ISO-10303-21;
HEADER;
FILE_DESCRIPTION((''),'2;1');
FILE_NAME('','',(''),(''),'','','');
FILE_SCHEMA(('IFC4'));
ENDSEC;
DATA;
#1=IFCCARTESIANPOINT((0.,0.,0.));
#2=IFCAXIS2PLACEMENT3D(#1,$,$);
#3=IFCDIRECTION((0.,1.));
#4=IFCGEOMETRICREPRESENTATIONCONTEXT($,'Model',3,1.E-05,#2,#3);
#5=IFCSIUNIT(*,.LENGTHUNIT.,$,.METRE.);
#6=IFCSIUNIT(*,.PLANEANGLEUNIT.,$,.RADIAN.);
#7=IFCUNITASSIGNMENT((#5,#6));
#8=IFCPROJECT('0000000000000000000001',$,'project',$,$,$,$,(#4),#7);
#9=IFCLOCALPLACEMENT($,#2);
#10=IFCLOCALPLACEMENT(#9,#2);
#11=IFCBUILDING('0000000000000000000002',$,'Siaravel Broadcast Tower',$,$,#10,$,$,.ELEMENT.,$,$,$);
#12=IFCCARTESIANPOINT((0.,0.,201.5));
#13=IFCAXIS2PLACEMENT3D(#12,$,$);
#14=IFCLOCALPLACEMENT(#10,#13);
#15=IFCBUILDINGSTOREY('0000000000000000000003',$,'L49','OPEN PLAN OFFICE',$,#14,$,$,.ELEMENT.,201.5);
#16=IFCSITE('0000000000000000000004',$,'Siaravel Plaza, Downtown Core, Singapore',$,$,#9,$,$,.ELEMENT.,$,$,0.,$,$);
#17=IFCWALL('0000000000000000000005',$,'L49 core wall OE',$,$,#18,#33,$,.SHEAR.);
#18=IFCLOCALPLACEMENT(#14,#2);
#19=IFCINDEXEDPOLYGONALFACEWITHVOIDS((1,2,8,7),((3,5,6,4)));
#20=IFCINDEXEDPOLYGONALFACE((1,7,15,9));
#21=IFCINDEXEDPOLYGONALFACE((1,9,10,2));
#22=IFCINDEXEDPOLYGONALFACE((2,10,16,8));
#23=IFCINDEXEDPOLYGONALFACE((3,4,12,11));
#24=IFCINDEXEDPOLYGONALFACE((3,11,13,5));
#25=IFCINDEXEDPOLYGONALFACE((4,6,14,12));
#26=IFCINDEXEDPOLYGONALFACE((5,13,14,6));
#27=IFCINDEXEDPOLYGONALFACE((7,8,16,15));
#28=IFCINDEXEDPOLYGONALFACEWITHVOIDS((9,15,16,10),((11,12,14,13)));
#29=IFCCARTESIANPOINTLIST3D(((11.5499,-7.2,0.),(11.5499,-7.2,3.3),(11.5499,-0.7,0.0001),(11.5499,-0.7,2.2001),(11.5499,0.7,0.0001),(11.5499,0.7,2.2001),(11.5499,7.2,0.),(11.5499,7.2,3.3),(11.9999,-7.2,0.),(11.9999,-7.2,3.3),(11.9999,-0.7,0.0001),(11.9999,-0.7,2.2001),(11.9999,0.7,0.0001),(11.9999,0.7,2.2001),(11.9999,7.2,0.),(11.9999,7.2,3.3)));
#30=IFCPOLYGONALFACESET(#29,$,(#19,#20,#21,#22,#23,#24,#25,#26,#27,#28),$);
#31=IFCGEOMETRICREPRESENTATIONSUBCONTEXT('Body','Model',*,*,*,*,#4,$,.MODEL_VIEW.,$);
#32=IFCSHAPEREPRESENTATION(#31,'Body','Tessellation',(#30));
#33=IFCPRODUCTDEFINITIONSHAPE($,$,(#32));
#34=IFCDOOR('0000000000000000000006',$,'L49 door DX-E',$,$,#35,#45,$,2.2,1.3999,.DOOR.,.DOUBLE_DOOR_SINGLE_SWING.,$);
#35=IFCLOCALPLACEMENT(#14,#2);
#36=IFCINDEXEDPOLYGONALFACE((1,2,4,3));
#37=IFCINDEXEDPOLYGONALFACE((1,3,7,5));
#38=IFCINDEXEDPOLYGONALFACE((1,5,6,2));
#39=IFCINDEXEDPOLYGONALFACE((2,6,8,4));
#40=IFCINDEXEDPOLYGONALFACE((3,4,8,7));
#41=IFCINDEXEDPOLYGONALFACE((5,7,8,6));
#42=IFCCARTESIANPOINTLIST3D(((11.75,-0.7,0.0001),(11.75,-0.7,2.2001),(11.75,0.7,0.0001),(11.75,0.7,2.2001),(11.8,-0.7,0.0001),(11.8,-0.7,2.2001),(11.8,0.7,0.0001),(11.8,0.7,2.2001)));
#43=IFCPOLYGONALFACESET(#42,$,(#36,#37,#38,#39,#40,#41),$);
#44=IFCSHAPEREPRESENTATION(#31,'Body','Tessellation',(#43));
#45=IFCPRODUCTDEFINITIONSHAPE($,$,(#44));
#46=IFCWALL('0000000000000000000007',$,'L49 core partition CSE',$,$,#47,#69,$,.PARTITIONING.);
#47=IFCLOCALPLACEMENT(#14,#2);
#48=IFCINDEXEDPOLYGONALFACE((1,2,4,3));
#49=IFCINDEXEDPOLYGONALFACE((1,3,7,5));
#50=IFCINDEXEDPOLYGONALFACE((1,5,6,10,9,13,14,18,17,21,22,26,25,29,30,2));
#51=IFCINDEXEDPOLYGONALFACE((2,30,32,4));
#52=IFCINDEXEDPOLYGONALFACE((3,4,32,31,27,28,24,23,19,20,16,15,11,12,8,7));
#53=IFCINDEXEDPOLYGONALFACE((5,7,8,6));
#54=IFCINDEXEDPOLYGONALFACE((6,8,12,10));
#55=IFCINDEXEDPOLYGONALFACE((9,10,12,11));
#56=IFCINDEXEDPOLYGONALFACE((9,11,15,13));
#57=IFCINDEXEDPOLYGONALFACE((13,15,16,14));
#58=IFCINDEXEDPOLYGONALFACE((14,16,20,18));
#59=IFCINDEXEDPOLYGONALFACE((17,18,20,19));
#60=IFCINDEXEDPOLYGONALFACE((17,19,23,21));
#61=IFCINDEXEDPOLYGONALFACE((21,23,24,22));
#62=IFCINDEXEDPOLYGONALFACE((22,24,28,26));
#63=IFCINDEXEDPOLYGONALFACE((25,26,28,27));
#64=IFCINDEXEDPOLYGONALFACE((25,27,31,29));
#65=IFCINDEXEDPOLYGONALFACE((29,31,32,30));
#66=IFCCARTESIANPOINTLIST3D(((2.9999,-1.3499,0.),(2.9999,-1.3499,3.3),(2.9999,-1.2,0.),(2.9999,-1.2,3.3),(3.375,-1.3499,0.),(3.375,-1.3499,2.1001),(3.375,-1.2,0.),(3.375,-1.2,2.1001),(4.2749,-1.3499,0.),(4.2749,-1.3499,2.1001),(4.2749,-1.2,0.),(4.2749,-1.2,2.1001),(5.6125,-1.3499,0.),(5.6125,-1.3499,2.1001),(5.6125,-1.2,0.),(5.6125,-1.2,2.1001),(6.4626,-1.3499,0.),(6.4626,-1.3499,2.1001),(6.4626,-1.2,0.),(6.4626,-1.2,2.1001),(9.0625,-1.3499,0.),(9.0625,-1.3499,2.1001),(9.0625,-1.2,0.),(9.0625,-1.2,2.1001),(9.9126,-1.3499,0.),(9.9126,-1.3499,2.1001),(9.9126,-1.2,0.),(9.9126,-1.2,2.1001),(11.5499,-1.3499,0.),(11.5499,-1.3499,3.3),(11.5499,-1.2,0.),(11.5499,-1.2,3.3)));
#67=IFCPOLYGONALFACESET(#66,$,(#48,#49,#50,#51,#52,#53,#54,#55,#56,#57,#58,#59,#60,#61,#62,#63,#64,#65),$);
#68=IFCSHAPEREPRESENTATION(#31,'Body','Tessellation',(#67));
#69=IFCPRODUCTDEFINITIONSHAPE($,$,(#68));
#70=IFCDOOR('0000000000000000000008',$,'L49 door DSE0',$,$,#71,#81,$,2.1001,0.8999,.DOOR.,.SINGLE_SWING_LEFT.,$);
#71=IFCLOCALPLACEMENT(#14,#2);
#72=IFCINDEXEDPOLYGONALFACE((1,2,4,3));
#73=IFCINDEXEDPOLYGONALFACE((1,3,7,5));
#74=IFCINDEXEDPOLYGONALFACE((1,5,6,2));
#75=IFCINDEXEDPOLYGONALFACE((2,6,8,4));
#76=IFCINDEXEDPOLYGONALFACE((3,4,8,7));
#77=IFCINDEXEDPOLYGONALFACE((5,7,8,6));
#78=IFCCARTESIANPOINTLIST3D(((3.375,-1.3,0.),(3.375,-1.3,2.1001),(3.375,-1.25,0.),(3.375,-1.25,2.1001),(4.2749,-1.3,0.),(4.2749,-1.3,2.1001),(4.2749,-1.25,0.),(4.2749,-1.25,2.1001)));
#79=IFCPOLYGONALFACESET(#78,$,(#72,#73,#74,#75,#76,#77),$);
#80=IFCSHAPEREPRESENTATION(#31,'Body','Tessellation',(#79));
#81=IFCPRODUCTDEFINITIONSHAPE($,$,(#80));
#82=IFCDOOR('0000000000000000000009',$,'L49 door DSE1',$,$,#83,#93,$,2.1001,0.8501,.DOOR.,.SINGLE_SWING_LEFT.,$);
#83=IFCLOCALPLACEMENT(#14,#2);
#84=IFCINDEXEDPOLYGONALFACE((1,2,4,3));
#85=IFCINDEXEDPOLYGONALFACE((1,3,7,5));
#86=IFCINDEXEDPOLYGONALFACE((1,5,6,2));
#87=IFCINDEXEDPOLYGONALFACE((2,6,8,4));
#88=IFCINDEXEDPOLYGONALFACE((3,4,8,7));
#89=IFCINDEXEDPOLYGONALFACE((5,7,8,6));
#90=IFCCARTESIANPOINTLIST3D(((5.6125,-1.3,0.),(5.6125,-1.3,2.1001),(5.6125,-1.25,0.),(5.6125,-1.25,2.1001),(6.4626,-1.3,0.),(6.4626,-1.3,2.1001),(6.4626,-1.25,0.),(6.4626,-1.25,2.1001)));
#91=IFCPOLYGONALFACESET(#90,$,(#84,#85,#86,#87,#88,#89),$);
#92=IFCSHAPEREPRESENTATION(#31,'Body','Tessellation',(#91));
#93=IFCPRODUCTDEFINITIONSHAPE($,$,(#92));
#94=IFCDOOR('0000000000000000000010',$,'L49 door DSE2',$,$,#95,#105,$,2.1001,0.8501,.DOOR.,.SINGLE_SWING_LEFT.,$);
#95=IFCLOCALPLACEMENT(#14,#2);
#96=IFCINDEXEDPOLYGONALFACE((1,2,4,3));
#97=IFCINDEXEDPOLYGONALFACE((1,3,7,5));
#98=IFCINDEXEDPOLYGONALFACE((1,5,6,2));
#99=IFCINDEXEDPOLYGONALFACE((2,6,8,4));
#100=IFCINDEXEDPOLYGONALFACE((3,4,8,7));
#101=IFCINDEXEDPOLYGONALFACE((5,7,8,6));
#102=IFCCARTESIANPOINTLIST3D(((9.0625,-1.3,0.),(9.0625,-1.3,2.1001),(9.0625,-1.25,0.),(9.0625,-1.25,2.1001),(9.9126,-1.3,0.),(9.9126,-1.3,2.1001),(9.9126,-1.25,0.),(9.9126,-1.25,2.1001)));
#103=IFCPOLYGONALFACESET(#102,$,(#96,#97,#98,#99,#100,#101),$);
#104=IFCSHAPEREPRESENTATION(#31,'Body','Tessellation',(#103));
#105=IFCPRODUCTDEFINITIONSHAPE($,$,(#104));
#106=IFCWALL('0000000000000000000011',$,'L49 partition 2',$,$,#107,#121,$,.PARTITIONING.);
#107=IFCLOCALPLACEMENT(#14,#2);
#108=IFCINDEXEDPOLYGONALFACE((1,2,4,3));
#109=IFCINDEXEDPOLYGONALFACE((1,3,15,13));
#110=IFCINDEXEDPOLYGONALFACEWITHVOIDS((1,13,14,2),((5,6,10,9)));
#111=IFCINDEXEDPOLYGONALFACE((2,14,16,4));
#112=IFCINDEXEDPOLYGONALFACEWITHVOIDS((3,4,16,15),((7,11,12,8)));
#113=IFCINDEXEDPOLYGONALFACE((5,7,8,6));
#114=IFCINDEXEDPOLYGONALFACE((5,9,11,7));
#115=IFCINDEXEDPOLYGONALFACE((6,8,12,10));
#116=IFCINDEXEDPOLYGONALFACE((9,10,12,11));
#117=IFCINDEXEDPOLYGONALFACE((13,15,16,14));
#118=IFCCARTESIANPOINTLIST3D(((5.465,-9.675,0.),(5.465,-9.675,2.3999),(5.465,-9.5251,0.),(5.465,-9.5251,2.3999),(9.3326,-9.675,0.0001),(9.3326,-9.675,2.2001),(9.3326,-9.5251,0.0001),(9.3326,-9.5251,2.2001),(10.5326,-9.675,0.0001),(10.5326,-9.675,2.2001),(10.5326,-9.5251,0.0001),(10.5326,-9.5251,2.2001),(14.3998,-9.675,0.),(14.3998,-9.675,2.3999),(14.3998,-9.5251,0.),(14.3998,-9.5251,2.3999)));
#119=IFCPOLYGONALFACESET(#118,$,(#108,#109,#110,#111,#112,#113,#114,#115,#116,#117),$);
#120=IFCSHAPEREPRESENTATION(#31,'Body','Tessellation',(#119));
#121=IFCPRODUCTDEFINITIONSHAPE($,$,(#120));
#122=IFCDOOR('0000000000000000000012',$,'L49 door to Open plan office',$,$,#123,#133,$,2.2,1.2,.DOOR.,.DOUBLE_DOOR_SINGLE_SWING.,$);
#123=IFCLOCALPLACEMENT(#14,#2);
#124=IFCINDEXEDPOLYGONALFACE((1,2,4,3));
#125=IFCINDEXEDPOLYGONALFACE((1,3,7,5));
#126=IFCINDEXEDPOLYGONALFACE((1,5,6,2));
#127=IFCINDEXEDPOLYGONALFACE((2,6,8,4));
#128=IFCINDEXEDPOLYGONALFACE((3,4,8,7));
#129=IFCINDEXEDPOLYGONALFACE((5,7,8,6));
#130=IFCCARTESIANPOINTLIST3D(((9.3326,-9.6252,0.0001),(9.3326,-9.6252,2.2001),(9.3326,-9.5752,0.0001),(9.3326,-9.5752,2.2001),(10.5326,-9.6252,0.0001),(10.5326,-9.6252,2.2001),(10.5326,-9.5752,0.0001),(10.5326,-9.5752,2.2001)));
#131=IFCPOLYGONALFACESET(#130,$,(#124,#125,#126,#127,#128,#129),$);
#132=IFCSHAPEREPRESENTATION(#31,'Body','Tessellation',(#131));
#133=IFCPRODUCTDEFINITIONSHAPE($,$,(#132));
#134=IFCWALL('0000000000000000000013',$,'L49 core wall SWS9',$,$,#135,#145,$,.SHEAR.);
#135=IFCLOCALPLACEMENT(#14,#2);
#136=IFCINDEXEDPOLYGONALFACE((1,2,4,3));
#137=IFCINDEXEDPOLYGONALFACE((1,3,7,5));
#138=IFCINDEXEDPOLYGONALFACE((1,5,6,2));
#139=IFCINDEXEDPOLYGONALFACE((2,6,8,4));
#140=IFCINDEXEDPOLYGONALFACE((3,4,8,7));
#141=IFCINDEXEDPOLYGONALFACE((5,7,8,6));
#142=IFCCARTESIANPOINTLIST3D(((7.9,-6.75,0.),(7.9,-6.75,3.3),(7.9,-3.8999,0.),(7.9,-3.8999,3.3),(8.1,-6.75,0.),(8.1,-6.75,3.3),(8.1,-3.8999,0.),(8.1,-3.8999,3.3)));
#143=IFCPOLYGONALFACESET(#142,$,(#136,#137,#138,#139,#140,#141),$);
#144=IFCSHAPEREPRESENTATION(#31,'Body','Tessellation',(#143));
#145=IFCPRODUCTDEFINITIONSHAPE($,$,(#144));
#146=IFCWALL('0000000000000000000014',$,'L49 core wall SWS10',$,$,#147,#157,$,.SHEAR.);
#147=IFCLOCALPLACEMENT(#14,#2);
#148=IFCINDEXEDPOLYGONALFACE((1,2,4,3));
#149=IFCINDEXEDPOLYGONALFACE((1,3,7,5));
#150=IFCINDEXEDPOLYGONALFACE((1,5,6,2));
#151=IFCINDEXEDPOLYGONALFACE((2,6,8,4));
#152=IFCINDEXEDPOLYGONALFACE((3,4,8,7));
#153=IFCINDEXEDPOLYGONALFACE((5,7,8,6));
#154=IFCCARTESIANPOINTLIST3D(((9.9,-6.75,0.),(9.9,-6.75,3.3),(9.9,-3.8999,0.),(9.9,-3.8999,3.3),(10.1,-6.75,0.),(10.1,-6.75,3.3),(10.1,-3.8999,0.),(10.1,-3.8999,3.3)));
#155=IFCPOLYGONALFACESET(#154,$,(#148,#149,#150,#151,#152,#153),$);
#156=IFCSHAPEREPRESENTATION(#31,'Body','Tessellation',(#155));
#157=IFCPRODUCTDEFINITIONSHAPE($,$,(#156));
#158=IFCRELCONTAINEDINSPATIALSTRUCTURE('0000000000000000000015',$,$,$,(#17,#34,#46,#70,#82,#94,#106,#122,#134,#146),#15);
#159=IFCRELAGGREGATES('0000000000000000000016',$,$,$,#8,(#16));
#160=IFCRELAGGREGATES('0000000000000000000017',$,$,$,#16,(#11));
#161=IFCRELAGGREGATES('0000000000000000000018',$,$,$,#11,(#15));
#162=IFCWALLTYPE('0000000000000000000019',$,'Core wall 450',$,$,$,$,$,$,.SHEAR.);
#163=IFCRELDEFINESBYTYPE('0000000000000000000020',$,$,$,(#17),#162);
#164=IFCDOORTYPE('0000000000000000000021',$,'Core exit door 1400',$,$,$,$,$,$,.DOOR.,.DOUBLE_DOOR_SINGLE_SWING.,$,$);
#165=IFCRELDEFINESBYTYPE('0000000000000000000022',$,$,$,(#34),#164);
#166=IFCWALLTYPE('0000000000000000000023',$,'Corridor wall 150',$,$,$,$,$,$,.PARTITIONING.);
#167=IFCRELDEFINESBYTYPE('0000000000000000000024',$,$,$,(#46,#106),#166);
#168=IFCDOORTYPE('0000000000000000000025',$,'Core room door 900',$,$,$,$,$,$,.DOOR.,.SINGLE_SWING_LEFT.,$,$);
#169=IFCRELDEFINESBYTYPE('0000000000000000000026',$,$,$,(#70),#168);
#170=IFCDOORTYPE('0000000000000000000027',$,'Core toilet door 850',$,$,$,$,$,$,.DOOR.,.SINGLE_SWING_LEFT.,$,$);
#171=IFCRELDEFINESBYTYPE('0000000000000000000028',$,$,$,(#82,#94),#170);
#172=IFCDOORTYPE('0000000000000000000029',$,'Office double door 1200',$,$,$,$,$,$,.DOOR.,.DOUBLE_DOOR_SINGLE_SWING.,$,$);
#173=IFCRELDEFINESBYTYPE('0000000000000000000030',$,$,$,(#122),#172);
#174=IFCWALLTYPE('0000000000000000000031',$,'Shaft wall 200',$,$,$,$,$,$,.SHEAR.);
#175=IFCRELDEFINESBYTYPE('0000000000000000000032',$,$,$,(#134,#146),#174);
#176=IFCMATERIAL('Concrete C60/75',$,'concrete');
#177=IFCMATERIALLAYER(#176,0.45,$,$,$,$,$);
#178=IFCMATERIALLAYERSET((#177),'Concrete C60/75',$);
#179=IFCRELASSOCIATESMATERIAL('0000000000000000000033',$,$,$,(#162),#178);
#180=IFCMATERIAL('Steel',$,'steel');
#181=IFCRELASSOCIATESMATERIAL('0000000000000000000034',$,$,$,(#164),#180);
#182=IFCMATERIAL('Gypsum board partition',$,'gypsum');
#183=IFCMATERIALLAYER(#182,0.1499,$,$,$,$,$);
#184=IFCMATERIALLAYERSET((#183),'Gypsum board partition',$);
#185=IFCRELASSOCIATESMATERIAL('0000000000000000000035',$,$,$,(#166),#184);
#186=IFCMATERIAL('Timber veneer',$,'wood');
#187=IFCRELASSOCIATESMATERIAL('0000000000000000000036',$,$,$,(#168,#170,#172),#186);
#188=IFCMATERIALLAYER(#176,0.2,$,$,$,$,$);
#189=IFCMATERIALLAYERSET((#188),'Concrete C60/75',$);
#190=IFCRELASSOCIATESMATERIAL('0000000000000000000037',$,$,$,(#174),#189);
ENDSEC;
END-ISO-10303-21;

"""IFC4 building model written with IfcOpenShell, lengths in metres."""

from ifc_helpers import new_model, si_unit, direction, frame, frame_2d, origin, place, context, subcontext, project, spatial, rectangle, extrude, material, layer, layer_set, type_object, element, fill, save


model = new_model("IFC4")

# Units and contexts
model_context = context("Model", 3, precision=1e-05, world=origin(), true_north=direction((0.0, 1.0)))
body_context = subcontext(model_context, "Body", "Model", "MODEL_VIEW")
ifc_project = project(units=[si_unit("LENGTHUNIT", "METRE"), si_unit("PLANEANGLEUNIT", "RADIAN")], contexts=[model_context])

# Site, building, storey
site_placement = place(None, origin())
site = spatial("IfcSite", under=ifc_project, at=site_placement, Name="Siaravel Plaza, Downtown Core, Singapore", CompositionType="ELEMENT", RefElevation=0.0)
building_placement = place(site_placement, origin())
building = spatial("IfcBuilding", under=site, at=building_placement, Name="Siaravel Broadcast Tower", CompositionType="ELEMENT")
storey_placement = place(building_placement, frame((0.0, 0.0, 201.5)))
storey = spatial("IfcBuildingStorey", under=building, at=storey_placement, Name="L49", Description="OPEN PLAN OFFICE", CompositionType="ELEMENT", Elevation=201.5)

# Shared definitions
ifc_material_1 = material(Name="Concrete C60/75", Category="concrete")

# Wall, opening, door
ifc_layer_1 = layer(ifc_material_1, 0.45)
ifc_layer_set_1 = layer_set([ifc_layer_1], Name="Concrete C60/75")
wall_type_1 = type_object("IfcWallType", Name="Core wall 450", PredefinedType="SHEAR", material=ifc_layer_set_1)
wall_1_placement = place(storey_placement, frame((11.7749, -7.2, 0.0), z_axis=(0.0, 0.0, 1.0), x_axis=(0.0, 1.0, 0.0)))
wall_1 = element("IfcWall", 1, at=wall_1_placement, inside=storey, type_object=wall_type_1, Name="L49 core wall OE", PredefinedType="SHEAR", context=body_context, shape_type="SweptSolid", body=[
    extrude(rectangle(XDim=14.3999, YDim=0.45, at=frame_2d((7.2, 0.0))), origin(), (0.0, 0.0, 1.0), 3.3),
])
opening_1_placement = place(wall_1_placement, frame((6.5, 0.0, 0.0)))
opening_1 = element("IfcOpeningElement", 2, at=opening_1_placement, cuts=wall_1, PredefinedType="OPENING", context=body_context, shape_type="SweptSolid", body=[
    extrude(rectangle(XDim=1.3999, YDim=2.2, at=frame_2d((0.7, 1.1001))), frame((0.0, 0.2349, 0.0), z_axis=(0.0, -1.0, 0.0), x_axis=(1.0, 0.0, 0.0)), (0.0, 0.0, 1.0), 0.47),
])
ifc_material_2 = material(Name="Steel", Category="steel")
door_type_1 = type_object("IfcDoorType", Name="Core exit door 1400", OperationType="DOUBLE_DOOR_SINGLE_SWING", PredefinedType="DOOR", material=ifc_material_2)
door_1_placement = place(opening_1_placement, origin())
door_1 = element("IfcDoor", 3, at=door_1_placement, inside=storey, type_object=door_type_1, Name="L49 door DX-E", OperationType="DOUBLE_DOOR_SINGLE_SWING", OverallHeight=2.2, OverallWidth=1.3999, PredefinedType="DOOR", context=body_context, shape_type="SweptSolid", body=[
    extrude(rectangle(XDim=1.3999, YDim=2.2, at=frame_2d((0.7, 1.1001))), frame((0.0, 0.0249, 0.0), z_axis=(0.0, -1.0, 0.0), x_axis=(1.0, 0.0, 0.0)), (0.0, 0.0, 1.0), 0.05),
])
fill(opening_1, door_1)

# Wall, openings, doors
ifc_material_3 = material(Name="Gypsum board partition", Category="gypsum")
ifc_layer_2 = layer(ifc_material_3, 0.1499)
ifc_layer_set_2 = layer_set([ifc_layer_2], Name="Gypsum board partition")
wall_type_2 = type_object("IfcWallType", Name="Corridor wall 150", PredefinedType="PARTITIONING", material=ifc_layer_set_2)
wall_2_placement = place(storey_placement, frame((3.0, -1.2749, 0.0), z_axis=(0.0, 0.0, 1.0), x_axis=(1.0, 0.0, 0.0)))
wall_2 = element("IfcWall", 4, at=wall_2_placement, inside=storey, type_object=wall_type_2, Name="L49 core partition CSE", PredefinedType="PARTITIONING", context=body_context, shape_type="SweptSolid", body=[
    extrude(rectangle(XDim=8.55, YDim=0.1499, at=frame_2d((4.2749, 0.0))), origin(), (0.0, 0.0, 1.0), 3.3),
])
opening_2_placement = place(wall_2_placement, frame((0.375, 0.0, 0.0)))
opening_2 = element("IfcOpeningElement", 5, at=opening_2_placement, cuts=wall_2, PredefinedType="OPENING", context=body_context, shape_type="SweptSolid", body=[
    extrude(rectangle(XDim=0.8999, YDim=2.1001, at=frame_2d((0.45, 1.05))), frame((0.0, 0.085, 0.0), z_axis=(0.0, -1.0, 0.0), x_axis=(1.0, 0.0, 0.0)), (0.0, 0.0, 1.0), 0.1699),
])
opening_3_placement = place(wall_2_placement, frame((2.6125, 0.0, 0.0)))
opening_3 = element("IfcOpeningElement", 6, at=opening_3_placement, cuts=wall_2, PredefinedType="OPENING", context=body_context, shape_type="SweptSolid", body=[
    extrude(rectangle(XDim=0.8501, YDim=2.1001, at=frame_2d((0.425, 1.05))), frame((0.0, 0.085, 0.0), z_axis=(0.0, -1.0, 0.0), x_axis=(1.0, 0.0, 0.0)), (0.0, 0.0, 1.0), 0.1699),
])
opening_4_placement = place(wall_2_placement, frame((6.0625, 0.0, 0.0)))
opening_4 = element("IfcOpeningElement", 7, at=opening_4_placement, cuts=wall_2, PredefinedType="OPENING", context=body_context, shape_type="SweptSolid", body=[
    extrude(rectangle(XDim=0.8501, YDim=2.1001, at=frame_2d((0.425, 1.05))), frame((0.0, 0.085, 0.0), z_axis=(0.0, -1.0, 0.0), x_axis=(1.0, 0.0, 0.0)), (0.0, 0.0, 1.0), 0.1699),
])
ifc_material_4 = material(Name="Timber veneer", Category="wood")
door_type_2 = type_object("IfcDoorType", Name="Core room door 900", OperationType="SINGLE_SWING_LEFT", PredefinedType="DOOR", material=ifc_material_4)
door_2_placement = place(opening_2_placement, origin())
door_2 = element("IfcDoor", 8, at=door_2_placement, inside=storey, type_object=door_type_2, Name="L49 door DSE0", OperationType="SINGLE_SWING_LEFT", OverallHeight=2.1001, OverallWidth=0.8999, PredefinedType="DOOR", context=body_context, shape_type="SweptSolid", body=[
    extrude(rectangle(XDim=0.8999, YDim=2.1001, at=frame_2d((0.45, 1.05))), frame((0.0, 0.0249, 0.0), z_axis=(0.0, -1.0, 0.0), x_axis=(1.0, 0.0, 0.0)), (0.0, 0.0, 1.0), 0.05),
])
fill(opening_2, door_2)
door_type_3 = type_object("IfcDoorType", Name="Core toilet door 850", OperationType="SINGLE_SWING_LEFT", PredefinedType="DOOR", material=ifc_material_4)
door_3_placement = place(opening_3_placement, origin())
door_3 = element("IfcDoor", 9, at=door_3_placement, inside=storey, type_object=door_type_3, Name="L49 door DSE1", OperationType="SINGLE_SWING_LEFT", OverallHeight=2.1001, OverallWidth=0.8501, PredefinedType="DOOR", context=body_context, shape_type="SweptSolid", body=[
    extrude(rectangle(XDim=0.8501, YDim=2.1001, at=frame_2d((0.425, 1.05))), frame((0.0, 0.0249, 0.0), z_axis=(0.0, -1.0, 0.0), x_axis=(1.0, 0.0, 0.0)), (0.0, 0.0, 1.0), 0.05),
])
fill(opening_3, door_3)
door_4_placement = place(opening_4_placement, origin())
door_4 = element("IfcDoor", 10, at=door_4_placement, inside=storey, type_object=door_type_3, Name="L49 door DSE2", OperationType="SINGLE_SWING_LEFT", OverallHeight=2.1001, OverallWidth=0.8501, PredefinedType="DOOR", context=body_context, shape_type="SweptSolid", body=[
    extrude(rectangle(XDim=0.8501, YDim=2.1001, at=frame_2d((0.425, 1.05))), frame((0.0, 0.0249, 0.0), z_axis=(0.0, -1.0, 0.0), x_axis=(1.0, 0.0, 0.0)), (0.0, 0.0, 1.0), 0.05),
])
fill(opening_4, door_4)

# Wall, opening, door
wall_3_placement = place(storey_placement, frame((5.4651, -9.6001, 0.0), z_axis=(0.0, 0.0, 1.0), x_axis=(1.0, 0.0, 0.0)))
wall_3 = element("IfcWall", 11, at=wall_3_placement, inside=storey, type_object=wall_type_2, Name="L49 partition 2", PredefinedType="PARTITIONING", context=body_context, shape_type="SweptSolid", body=[
    extrude(rectangle(XDim=8.9348, YDim=0.1499, at=frame_2d((4.4673, 0.0))), origin(), (0.0, 0.0, 1.0), 2.3999),
])
opening_5_placement = place(wall_3_placement, frame((3.8674, 0.0, 0.0)))
opening_5 = element("IfcOpeningElement", 12, at=opening_5_placement, cuts=wall_3, PredefinedType="OPENING", context=body_context, shape_type="SweptSolid", body=[
    extrude(rectangle(XDim=1.2, YDim=2.2, at=frame_2d((0.6001, 1.1001))), frame((0.0, 0.085, 0.0), z_axis=(0.0, -1.0, 0.0), x_axis=(1.0, 0.0, 0.0)), (0.0, 0.0, 1.0), 0.1699),
])
door_type_4 = type_object("IfcDoorType", Name="Office double door 1200", OperationType="DOUBLE_DOOR_SINGLE_SWING", PredefinedType="DOOR", material=ifc_material_4)
door_5_placement = place(opening_5_placement, origin())
door_5 = element("IfcDoor", 13, at=door_5_placement, inside=storey, type_object=door_type_4, Name="L49 door to Open plan office", OperationType="DOUBLE_DOOR_SINGLE_SWING", OverallHeight=2.2, OverallWidth=1.2, PredefinedType="DOOR", context=body_context, shape_type="SweptSolid", body=[
    extrude(rectangle(XDim=1.2, YDim=2.2, at=frame_2d((0.6001, 1.1001))), frame((0.0, 0.0249, 0.0), z_axis=(0.0, -1.0, 0.0), x_axis=(1.0, 0.0, 0.0)), (0.0, 0.0, 1.0), 0.05),
])
fill(opening_5, door_5)

# Walls
ifc_layer_3 = layer(ifc_material_1, 0.2)
ifc_layer_set_3 = layer_set([ifc_layer_3], Name="Concrete C60/75")
wall_type_3 = type_object("IfcWallType", Name="Shaft wall 200", PredefinedType="SHEAR", material=ifc_layer_set_3)
for number, where, z_axis, x_axis, name in (
    (14, (8.0, -6.75, 0.0), (0.0, 0.0, 1.0), (0.0, 1.0, 0.0), "L49 core wall SWS9"),
    (15, (10.0, -6.75, 0.0), (0.0, 0.0, 1.0), (0.0, 1.0, 0.0), "L49 core wall SWS10"),
):
    element("IfcWall", number, at=place(storey_placement, frame(where, z_axis=z_axis, x_axis=x_axis)), inside=storey, type_object=wall_type_3, Name=name, PredefinedType="SHEAR", context=body_context, shape_type="SweptSolid", body=[
        extrude(rectangle(XDim=2.8501, YDim=0.2, at=frame_2d((1.425, 0.0))), origin(), (0.0, 0.0, 1.0), 3.3),
    ])

save(model, "model.ifc")
